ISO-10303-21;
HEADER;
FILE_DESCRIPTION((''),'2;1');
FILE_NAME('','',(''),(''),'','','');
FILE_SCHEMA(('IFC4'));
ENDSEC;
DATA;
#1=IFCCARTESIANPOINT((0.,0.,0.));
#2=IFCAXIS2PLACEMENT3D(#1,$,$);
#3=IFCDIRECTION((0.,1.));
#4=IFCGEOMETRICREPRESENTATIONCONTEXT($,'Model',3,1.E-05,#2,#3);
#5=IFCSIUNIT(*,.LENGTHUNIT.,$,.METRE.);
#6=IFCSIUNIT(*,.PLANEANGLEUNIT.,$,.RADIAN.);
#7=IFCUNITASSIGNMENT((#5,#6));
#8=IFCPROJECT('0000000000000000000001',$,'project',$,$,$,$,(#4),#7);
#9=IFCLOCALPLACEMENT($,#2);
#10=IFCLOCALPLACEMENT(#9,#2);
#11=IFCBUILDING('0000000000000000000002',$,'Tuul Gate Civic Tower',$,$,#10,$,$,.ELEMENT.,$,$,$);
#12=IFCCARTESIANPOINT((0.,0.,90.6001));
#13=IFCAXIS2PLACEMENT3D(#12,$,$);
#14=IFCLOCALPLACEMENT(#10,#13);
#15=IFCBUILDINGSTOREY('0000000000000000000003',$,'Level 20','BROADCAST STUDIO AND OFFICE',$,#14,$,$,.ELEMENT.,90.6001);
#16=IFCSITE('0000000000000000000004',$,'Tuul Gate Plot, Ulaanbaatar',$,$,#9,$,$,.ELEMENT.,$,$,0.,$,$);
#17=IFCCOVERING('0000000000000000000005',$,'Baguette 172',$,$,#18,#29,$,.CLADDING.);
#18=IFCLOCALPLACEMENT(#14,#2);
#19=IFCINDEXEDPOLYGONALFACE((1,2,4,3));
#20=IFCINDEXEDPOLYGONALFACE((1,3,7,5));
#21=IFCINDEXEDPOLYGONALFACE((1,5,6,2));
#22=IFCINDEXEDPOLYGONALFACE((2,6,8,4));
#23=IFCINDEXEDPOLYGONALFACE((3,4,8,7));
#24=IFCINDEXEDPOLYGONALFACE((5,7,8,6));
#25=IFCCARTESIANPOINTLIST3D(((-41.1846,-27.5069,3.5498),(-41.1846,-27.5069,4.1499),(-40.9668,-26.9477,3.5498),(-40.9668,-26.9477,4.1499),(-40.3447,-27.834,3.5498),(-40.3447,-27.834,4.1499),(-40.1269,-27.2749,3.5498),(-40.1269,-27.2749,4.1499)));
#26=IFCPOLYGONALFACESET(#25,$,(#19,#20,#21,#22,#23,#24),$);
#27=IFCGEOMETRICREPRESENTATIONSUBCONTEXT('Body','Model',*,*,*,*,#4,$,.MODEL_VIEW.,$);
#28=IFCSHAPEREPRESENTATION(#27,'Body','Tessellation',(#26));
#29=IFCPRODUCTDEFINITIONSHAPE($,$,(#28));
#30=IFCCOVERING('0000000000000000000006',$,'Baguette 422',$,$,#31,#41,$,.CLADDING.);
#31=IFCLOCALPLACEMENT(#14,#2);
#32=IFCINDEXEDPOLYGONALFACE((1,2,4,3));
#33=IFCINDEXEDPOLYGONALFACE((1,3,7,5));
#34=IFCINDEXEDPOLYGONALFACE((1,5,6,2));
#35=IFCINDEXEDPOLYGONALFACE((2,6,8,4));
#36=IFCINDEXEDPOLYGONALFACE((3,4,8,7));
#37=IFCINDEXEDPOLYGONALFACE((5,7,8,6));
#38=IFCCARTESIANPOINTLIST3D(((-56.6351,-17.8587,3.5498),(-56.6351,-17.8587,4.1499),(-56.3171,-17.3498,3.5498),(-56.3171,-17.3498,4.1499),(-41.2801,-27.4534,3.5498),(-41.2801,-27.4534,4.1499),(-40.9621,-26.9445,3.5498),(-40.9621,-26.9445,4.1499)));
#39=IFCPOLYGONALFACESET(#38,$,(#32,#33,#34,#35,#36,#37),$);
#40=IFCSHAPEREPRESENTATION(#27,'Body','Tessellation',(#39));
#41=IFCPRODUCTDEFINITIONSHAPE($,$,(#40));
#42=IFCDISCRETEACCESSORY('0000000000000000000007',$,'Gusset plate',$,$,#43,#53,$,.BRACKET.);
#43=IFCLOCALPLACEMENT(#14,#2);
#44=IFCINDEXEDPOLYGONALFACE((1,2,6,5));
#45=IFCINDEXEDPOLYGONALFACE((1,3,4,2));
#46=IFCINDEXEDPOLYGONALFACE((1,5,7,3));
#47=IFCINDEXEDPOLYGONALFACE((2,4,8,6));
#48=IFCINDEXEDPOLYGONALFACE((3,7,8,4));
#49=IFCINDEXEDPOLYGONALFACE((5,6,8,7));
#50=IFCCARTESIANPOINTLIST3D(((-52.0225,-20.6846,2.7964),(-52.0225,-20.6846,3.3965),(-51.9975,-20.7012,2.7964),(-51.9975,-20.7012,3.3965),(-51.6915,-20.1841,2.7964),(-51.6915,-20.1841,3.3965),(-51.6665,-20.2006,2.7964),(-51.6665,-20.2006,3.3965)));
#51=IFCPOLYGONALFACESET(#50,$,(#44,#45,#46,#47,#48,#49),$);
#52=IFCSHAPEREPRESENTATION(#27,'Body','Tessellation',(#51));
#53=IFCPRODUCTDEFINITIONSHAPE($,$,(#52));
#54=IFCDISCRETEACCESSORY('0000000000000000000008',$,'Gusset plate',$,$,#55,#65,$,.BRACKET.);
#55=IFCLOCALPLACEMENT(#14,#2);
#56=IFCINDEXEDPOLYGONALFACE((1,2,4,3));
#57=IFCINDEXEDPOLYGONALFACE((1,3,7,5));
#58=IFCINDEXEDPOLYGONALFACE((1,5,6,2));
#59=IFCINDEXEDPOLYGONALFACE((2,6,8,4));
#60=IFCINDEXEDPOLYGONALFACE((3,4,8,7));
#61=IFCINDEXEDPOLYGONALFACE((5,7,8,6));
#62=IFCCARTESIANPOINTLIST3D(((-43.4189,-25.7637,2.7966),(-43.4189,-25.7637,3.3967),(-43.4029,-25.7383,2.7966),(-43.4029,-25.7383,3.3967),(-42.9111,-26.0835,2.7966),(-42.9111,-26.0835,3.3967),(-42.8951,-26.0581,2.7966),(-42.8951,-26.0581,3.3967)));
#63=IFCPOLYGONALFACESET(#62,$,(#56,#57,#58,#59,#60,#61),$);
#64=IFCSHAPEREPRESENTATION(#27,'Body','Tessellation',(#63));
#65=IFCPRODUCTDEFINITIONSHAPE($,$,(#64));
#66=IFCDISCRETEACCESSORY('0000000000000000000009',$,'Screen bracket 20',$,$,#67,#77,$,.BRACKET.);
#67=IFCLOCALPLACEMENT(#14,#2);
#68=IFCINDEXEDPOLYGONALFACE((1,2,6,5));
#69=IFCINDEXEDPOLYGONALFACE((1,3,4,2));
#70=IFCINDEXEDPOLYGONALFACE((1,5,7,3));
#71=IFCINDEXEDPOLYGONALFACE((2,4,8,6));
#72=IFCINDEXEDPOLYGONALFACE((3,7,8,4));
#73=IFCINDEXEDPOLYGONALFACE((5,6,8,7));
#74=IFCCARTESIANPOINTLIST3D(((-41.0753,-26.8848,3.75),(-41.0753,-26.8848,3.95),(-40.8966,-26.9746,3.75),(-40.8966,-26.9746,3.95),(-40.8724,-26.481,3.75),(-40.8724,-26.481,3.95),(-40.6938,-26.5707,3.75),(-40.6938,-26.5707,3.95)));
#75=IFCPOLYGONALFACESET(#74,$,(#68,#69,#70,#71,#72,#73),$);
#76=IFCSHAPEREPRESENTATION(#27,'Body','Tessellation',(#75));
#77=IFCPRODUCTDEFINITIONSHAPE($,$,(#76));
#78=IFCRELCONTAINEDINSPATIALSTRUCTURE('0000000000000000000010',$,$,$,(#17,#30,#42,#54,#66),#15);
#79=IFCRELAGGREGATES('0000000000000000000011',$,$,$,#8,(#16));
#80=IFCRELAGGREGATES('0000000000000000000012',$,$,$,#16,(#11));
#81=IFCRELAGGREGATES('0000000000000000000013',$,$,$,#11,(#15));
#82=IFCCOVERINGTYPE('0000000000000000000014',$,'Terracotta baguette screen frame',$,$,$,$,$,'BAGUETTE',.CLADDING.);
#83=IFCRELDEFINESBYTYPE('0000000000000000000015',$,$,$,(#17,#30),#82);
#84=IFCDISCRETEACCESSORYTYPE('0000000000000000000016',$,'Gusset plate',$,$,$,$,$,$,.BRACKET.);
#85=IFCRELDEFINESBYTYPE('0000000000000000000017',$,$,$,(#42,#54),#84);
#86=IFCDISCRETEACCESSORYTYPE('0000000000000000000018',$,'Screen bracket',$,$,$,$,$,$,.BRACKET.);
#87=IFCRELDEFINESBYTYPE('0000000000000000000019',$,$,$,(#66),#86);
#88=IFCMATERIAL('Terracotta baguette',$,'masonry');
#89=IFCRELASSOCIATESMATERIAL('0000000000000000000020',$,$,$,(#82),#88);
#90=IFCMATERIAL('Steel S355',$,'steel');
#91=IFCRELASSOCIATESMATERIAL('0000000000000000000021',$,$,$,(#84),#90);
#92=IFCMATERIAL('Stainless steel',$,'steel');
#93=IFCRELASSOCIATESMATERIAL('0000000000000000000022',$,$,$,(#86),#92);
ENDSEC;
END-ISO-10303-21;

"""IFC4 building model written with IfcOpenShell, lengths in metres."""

from ifc_helpers import new_model, si_unit, direction, frame, origin, origin_2d, place, context, subcontext, project, spatial, rectangle, extrude, material, material_profile, profile_set, type_object, element, save


model = new_model("IFC4")

# Units and contexts
model_context = context("Model", 3, precision=1e-05, world=origin(), true_north=direction((0.0, 1.0)))
body_context = subcontext(model_context, "Body", "Model", "MODEL_VIEW")
ifc_project = project(units=[si_unit("LENGTHUNIT", "METRE"), si_unit("PLANEANGLEUNIT", "RADIAN")], contexts=[model_context])

# Site, building, storey
site_placement = place(None, origin())
site = spatial("IfcSite", under=ifc_project, at=site_placement, Name="Tuul Gate Plot, Ulaanbaatar", CompositionType="ELEMENT", RefElevation=0.0)
building_placement = place(site_placement, origin())
building = spatial("IfcBuilding", under=site, at=building_placement, Name="Tuul Gate Civic Tower", CompositionType="ELEMENT")
storey_placement = place(building_placement, frame((0.0, 0.0, 90.6001)))
storey = spatial("IfcBuildingStorey", under=building, at=storey_placement, Name="Level 20", Description="BROADCAST STUDIO AND OFFICE", CompositionType="ELEMENT", Elevation=90.6001)

# Coverings
ifc_material_1 = material(Name="Terracotta baguette", Category="masonry")
ifc_material_profile_1 = material_profile(ifc_material_1, rectangle(XDim=0.6001, YDim=0.6001, at=origin_2d()), Name="Terracotta baguette screen frame")
ifc_profile_set_1 = profile_set([ifc_material_profile_1], Name="Terracotta baguette")
covering_type = type_object("IfcCoveringType", Name="Terracotta baguette screen frame", ElementType="BAGUETTE", PredefinedType="CLADDING", material=ifc_profile_set_1)
covering_1_placement = place(storey_placement, frame((-41.0757, -27.2273, 3.8499), z_axis=(0.931801, -0.362969, 0.0), x_axis=(0.362969, 0.931801, 0.0)))
element("IfcCovering", 1, at=covering_1_placement, inside=storey, type_object=covering_type, Name="Baguette 172", PredefinedType="CLADDING", context=body_context, shape_type="SweptSolid", body=[
    extrude(rectangle(XDim=0.6001, YDim=0.6001, at=origin_2d()), origin(), (0.0, 0.0, 1.0), 0.9014),
])
covering_2_placement = place(storey_placement, frame((-56.4761, -17.6042, 3.8499), z_axis=(0.848051, -0.529914, 0.0), x_axis=(0.529914, 0.848051, 0.0)))
element("IfcCovering", 2, at=covering_2_placement, inside=storey, type_object=covering_type, Name="Baguette 422", PredefinedType="CLADDING", context=body_context, shape_type="SweptSolid", body=[
    extrude(rectangle(XDim=0.6001, YDim=0.6001, at=origin_2d()), origin(), (0.0, 0.0, 1.0), 18.1062),
])

# Discrete accessories
ifc_material_2 = material(Name="Steel S355", Category="steel")
discrete_accessory_type_1 = type_object("IfcDiscreteAccessoryType", Name="Gusset plate", PredefinedType="BRACKET", material=ifc_material_2)
for number, where, z_axis, x_axis, name in (
    (3, (-51.8445, -20.4426, 2.7964), (0.0, 0.0, 1.0), (0.551598, 0.83411, 0.0), "Gusset plate"),
    (4, (-43.157, -25.9109, 2.7966), (0.0, 0.0, 1.0), (-0.846187, 0.532886, 0.0), "Gusset plate"),
):
    element("IfcDiscreteAccessory", number, at=place(storey_placement, frame(where, z_axis=z_axis, x_axis=x_axis)), inside=storey, type_object=discrete_accessory_type_1, Name=name, PredefinedType="BRACKET", context=body_context, shape_type="SweptSolid", body=[
        extrude(rectangle(XDim=0.6001, YDim=0.03, at=origin_2d()), origin(), (0.0, 0.0, 1.0), 0.6001),
    ])
ifc_material_3 = material(Name="Stainless steel", Category="steel")
discrete_accessory_type_2 = type_object("IfcDiscreteAccessoryType", Name="Screen bracket", PredefinedType="BRACKET", material=ifc_material_3)
discrete_accessory_placement = place(storey_placement, frame((-40.8845, -26.7278, 3.75), z_axis=(0.0, 0.0, 1.0), x_axis=(-0.44885, -0.893607, 0.0)))
element("IfcDiscreteAccessory", 5, at=discrete_accessory_placement, inside=storey, type_object=discrete_accessory_type_2, Name="Screen bracket 20", PredefinedType="BRACKET", context=body_context, shape_type="SweptSolid", body=[
    extrude(rectangle(XDim=0.4519, YDim=0.2, at=origin_2d()), origin(), (0.0, 0.0, 1.0), 0.2),
])

save(model, "model.ifc")
